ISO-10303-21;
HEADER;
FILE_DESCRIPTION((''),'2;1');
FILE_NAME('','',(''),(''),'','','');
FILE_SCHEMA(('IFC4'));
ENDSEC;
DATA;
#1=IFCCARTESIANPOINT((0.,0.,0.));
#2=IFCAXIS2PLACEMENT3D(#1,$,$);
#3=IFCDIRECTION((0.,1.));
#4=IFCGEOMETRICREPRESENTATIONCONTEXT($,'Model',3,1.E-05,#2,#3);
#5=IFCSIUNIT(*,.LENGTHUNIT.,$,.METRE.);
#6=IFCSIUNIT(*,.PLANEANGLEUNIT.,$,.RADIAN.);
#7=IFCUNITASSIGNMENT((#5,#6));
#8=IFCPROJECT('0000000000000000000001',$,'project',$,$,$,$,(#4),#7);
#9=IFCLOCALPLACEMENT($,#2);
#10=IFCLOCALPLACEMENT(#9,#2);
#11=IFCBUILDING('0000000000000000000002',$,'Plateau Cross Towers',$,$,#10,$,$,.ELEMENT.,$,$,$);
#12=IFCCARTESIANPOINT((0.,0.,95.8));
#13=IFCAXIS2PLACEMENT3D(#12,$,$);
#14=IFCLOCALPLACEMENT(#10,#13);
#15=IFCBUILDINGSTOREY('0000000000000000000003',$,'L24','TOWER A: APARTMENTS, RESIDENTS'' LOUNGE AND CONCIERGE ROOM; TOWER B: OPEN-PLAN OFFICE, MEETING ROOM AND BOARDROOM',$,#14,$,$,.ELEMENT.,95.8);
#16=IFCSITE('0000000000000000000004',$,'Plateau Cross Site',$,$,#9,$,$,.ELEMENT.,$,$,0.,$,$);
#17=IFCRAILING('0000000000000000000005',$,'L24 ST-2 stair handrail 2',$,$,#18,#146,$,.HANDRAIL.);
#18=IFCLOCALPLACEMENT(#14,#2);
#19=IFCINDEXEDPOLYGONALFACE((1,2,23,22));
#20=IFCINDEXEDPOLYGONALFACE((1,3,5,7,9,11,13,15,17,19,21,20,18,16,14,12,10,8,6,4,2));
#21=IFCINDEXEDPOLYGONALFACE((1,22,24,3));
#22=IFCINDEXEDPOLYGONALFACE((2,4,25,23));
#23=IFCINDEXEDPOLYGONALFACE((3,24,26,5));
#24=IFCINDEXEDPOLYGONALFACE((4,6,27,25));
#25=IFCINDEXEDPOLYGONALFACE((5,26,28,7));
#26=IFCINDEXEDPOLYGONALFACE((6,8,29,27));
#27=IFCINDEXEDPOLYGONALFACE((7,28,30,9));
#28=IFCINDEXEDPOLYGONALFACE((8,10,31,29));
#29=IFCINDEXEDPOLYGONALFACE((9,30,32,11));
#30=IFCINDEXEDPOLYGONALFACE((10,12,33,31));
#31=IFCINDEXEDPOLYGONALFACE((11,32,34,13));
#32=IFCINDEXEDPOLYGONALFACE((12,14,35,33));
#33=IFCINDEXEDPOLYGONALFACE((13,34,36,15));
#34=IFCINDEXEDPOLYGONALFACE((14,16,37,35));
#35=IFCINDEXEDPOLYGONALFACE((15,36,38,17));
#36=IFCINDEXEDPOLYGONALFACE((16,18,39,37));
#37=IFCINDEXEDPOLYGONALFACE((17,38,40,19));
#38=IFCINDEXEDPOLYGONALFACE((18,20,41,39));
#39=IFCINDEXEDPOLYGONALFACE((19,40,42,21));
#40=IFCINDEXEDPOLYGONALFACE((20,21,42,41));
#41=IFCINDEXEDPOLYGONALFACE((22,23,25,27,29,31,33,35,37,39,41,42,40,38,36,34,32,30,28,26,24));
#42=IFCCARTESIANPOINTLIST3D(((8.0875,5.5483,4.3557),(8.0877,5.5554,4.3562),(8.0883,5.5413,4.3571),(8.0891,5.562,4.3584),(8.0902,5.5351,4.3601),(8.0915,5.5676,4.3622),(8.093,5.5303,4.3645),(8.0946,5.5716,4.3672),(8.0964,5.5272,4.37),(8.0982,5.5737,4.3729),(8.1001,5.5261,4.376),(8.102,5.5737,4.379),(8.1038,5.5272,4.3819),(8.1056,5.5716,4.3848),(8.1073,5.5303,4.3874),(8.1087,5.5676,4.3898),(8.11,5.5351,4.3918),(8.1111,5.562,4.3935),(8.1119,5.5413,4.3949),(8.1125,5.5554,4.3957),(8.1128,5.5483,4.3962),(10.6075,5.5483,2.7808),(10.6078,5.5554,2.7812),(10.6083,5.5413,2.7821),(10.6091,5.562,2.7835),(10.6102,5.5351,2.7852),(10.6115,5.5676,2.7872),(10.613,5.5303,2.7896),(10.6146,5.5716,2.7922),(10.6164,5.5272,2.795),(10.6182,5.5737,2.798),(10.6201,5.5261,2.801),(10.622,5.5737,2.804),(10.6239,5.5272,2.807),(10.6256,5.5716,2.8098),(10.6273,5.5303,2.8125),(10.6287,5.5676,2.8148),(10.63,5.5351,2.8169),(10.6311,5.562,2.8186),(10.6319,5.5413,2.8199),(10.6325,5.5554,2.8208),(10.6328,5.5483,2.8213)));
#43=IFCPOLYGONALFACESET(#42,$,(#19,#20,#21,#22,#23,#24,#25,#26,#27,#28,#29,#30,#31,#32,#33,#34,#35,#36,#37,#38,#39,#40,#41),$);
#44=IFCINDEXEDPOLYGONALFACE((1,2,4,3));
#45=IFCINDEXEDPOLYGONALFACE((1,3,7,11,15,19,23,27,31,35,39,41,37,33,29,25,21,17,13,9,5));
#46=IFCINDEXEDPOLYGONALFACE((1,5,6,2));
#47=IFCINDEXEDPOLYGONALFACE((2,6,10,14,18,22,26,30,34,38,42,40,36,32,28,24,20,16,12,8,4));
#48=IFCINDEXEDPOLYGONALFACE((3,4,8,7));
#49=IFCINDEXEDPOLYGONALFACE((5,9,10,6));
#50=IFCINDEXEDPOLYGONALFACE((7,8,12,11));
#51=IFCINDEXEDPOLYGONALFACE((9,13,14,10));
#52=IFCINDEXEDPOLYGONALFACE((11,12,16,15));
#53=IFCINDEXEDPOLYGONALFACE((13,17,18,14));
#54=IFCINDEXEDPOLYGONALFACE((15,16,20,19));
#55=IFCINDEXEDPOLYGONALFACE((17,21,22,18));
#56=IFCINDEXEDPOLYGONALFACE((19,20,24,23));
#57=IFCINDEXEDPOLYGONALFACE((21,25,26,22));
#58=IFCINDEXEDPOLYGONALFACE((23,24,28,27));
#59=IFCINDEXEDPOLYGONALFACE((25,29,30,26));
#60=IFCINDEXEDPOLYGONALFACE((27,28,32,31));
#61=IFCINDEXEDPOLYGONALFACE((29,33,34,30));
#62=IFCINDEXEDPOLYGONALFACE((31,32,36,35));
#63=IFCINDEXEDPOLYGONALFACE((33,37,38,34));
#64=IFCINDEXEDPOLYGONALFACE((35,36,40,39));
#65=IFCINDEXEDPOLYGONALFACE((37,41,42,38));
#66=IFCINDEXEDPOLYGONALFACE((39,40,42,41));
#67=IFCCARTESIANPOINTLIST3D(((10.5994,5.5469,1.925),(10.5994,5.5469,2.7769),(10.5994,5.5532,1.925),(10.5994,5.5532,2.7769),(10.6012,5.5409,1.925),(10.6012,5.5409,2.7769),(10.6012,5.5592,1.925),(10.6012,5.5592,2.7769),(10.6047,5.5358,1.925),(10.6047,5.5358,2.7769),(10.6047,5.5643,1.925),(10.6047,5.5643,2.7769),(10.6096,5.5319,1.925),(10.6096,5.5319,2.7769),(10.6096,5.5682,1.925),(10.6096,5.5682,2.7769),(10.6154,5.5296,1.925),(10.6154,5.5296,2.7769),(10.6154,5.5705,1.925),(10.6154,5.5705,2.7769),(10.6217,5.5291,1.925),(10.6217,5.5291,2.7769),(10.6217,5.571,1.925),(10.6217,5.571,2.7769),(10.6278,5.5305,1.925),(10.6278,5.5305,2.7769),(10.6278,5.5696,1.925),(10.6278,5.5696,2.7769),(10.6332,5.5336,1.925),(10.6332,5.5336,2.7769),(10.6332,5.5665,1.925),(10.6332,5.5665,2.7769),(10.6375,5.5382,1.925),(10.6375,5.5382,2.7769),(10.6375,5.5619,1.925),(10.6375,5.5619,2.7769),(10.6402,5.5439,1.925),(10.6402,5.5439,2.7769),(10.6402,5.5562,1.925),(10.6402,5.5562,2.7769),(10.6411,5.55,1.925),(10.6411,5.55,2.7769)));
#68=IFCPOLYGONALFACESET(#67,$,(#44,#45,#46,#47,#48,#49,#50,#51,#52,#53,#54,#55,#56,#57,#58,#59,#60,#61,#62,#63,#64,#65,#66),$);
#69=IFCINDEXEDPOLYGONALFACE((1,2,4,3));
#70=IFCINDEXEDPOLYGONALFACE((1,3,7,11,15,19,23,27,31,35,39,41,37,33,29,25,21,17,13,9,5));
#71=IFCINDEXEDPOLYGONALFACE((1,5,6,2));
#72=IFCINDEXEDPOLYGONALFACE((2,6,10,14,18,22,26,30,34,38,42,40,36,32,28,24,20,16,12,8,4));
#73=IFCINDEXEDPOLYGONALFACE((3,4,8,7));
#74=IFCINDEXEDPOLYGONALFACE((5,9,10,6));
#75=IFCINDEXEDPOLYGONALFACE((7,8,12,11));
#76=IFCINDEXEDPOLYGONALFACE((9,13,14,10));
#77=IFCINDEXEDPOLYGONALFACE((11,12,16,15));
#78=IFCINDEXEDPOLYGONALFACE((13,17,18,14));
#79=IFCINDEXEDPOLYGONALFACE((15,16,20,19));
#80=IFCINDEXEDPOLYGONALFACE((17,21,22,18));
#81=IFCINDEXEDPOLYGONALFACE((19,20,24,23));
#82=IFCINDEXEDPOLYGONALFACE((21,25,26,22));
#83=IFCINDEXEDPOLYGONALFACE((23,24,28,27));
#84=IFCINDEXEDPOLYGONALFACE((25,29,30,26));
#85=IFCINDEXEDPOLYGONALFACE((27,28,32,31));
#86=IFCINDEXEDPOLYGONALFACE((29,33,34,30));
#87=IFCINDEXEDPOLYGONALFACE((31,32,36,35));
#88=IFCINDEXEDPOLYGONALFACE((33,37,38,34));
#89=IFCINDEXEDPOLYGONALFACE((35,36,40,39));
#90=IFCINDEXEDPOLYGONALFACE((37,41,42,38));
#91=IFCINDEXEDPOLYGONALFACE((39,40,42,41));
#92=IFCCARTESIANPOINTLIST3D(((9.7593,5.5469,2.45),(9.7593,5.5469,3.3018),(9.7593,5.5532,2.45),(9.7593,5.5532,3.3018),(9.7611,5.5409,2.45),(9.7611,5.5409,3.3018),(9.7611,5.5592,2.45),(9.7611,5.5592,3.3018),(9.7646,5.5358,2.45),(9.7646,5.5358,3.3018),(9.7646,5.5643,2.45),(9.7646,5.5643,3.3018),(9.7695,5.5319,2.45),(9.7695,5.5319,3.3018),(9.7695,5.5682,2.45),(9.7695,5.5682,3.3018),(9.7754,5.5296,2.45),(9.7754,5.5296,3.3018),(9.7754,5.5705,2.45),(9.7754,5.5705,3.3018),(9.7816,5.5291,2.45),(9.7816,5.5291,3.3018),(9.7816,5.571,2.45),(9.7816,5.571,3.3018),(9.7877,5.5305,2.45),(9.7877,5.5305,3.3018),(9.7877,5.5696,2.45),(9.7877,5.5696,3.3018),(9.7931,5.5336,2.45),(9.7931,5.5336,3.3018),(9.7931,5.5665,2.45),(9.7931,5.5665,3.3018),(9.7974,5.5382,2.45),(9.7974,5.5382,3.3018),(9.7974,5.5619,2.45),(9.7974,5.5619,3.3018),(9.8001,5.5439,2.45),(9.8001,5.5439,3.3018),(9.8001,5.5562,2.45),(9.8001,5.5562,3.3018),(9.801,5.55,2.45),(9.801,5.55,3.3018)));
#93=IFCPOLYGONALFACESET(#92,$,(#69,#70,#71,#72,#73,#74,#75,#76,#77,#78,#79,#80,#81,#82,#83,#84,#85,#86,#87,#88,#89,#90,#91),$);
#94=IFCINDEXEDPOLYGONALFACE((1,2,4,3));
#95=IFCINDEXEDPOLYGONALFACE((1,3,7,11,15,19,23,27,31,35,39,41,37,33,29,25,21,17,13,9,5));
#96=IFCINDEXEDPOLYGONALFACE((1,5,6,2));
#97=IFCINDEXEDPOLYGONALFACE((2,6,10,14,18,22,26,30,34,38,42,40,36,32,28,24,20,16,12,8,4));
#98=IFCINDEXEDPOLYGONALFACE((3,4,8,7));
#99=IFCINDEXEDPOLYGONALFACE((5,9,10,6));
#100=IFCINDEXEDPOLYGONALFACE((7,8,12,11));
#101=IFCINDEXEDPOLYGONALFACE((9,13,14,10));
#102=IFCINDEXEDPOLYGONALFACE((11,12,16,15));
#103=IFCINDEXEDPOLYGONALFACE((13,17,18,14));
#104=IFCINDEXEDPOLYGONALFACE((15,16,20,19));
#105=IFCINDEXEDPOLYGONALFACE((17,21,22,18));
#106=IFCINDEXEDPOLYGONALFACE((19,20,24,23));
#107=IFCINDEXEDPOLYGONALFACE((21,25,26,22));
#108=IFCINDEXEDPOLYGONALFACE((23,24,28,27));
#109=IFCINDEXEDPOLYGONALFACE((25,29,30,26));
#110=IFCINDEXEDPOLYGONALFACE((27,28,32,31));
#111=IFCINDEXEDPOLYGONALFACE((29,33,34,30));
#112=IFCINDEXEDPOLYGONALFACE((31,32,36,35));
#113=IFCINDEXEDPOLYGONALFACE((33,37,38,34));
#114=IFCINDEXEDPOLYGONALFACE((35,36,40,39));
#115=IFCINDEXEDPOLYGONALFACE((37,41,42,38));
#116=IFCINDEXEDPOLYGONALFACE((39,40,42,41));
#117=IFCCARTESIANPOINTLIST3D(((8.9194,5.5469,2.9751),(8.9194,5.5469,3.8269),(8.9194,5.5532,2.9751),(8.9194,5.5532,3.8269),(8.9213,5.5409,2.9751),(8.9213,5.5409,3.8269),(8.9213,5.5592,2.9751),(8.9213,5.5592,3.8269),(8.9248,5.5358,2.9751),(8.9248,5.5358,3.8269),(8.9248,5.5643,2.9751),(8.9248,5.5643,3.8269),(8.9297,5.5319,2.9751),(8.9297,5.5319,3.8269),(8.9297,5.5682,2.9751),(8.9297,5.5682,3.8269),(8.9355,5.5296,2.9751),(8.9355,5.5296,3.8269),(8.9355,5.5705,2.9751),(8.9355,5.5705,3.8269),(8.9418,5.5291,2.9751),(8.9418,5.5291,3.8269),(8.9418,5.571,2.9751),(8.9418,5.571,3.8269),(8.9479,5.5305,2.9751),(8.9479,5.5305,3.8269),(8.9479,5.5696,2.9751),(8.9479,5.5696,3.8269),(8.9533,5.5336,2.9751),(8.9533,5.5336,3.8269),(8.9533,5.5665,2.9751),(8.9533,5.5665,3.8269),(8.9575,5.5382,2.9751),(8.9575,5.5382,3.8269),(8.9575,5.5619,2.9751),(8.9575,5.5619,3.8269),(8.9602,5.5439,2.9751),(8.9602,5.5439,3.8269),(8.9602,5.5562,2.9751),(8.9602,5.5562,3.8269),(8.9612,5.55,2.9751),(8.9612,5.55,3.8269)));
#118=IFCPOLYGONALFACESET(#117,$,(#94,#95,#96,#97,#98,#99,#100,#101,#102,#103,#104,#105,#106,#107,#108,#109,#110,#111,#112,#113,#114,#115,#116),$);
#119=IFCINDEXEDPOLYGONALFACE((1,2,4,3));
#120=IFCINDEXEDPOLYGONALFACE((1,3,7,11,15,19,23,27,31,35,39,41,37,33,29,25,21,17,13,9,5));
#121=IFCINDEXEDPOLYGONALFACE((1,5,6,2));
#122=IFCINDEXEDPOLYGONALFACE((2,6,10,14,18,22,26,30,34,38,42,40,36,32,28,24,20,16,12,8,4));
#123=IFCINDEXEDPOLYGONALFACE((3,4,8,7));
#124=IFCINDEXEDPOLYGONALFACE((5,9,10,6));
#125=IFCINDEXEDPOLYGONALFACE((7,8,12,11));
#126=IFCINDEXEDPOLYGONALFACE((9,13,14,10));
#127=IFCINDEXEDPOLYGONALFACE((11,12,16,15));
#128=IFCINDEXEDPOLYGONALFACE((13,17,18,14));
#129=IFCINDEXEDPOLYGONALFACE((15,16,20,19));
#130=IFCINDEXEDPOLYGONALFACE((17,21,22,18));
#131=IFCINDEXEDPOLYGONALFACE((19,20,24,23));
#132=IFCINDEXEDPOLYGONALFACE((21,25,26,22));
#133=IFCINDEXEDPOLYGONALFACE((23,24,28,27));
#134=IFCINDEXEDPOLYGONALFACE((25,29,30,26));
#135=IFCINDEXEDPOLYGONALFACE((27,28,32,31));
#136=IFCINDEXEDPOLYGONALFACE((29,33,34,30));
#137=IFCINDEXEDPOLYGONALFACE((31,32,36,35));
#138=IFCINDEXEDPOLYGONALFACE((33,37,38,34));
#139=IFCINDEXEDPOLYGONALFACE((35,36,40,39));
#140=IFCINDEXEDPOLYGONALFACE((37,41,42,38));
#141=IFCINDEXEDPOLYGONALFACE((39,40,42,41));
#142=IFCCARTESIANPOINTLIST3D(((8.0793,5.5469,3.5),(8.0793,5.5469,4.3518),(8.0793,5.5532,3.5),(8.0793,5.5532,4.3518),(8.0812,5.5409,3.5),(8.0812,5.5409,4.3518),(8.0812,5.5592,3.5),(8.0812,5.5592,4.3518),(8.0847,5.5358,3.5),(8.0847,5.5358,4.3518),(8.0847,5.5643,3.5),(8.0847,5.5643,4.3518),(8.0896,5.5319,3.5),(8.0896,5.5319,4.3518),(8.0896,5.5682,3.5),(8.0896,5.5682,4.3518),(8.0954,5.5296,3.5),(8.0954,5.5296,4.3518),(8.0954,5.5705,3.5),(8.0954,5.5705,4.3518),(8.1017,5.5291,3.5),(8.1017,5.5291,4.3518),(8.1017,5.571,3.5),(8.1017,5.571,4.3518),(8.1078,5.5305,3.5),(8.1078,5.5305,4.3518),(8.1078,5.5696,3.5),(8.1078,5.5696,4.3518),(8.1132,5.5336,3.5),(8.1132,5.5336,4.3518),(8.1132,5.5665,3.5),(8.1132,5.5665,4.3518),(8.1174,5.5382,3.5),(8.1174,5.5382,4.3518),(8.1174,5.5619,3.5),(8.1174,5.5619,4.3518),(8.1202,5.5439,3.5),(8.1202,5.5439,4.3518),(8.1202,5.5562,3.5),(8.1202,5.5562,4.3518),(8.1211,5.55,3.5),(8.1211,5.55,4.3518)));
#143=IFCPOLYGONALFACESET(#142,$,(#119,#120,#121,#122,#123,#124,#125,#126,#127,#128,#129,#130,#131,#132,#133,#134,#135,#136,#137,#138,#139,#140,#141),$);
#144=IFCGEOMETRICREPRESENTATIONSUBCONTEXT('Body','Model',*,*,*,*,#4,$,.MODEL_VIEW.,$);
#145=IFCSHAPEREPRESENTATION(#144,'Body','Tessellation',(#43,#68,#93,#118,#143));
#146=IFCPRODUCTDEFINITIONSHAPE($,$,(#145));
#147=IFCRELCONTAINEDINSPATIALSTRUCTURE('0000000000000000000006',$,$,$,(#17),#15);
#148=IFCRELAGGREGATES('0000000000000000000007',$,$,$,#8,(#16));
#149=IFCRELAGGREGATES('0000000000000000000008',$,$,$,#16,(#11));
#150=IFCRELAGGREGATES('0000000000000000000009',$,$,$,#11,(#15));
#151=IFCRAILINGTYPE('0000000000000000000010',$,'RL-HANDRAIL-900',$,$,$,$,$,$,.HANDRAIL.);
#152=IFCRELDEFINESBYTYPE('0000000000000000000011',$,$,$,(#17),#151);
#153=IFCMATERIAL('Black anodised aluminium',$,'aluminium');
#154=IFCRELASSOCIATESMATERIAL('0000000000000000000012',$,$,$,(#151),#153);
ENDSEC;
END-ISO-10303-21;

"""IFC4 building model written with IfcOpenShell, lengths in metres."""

from ifc_helpers import new_model, si_unit, direction, frame, origin, origin_2d, place, context, subcontext, project, spatial, circle, extrude, material, type_object, element, save


model = new_model("IFC4")

# Units and contexts
model_context = context("Model", 3, precision=1e-05, world=origin(), true_north=direction((0.0, 1.0)))
body_context = subcontext(model_context, "Body", "Model", "MODEL_VIEW")
ifc_project = project(units=[si_unit("LENGTHUNIT", "METRE"), si_unit("PLANEANGLEUNIT", "RADIAN")], contexts=[model_context])

# Site, building, storey
site_placement = place(None, origin())
site = spatial("IfcSite", under=ifc_project, at=site_placement, Name="Plateau Cross Site", CompositionType="ELEMENT", RefElevation=0.0)
building_placement = place(site_placement, origin())
building = spatial("IfcBuilding", under=site, at=building_placement, Name="Plateau Cross Towers", CompositionType="ELEMENT")
storey_placement = place(building_placement, frame((0.0, 0.0, 95.8)))
storey = spatial("IfcBuildingStorey", under=building, at=storey_placement, Name="L24", Description="TOWER A: APARTMENTS, RESIDENTS' LOUNGE AND CONCIERGE ROOM; TOWER B: OPEN-PLAN OFFICE, MEETING ROOM AND BOARDROOM", CompositionType="ELEMENT", Elevation=95.8)

# Railing
ifc_material_1 = material(Name="Black anodised aluminium", Category="aluminium")
railing_type_1 = type_object("IfcRailingType", Name="RL-HANDRAIL-900", PredefinedType="HANDRAIL", material=ifc_material_1)
railing_1_placement = place(storey_placement, frame((10.6201, 5.55, 1.925)))
element("IfcRailing", 1, at=railing_1_placement, inside=storey, type_object=railing_type_1, Name="L24 ST-2 stair handrail 2", PredefinedType="HANDRAIL", context=body_context, shape_type="SweptSolid", body=[
    extrude(circle(Radius=0.0239, at=origin_2d()), frame((0.0, 0.0, 0.876), z_axis=(-0.848008, 0.0, 0.529984), x_axis=(0.0, -1.0, 0.0)), (0.0, 0.0, 1.0), 2.9717),
    extrude(circle(Radius=0.021, at=origin_2d()), origin(), (0.0, 0.0, 1.0), 0.8518),
    extrude(circle(Radius=0.021, at=origin_2d()), frame((-0.8401, 0.0, 0.5249)), (0.0, 0.0, 1.0), 0.8518),
    extrude(circle(Radius=0.021, at=origin_2d()), frame((-1.6799, 0.0, 1.05)), (0.0, 0.0, 1.0), 0.8518),
    extrude(circle(Radius=0.021, at=origin_2d()), frame((-2.52, 0.0, 1.575)), (0.0, 0.0, 1.0), 0.8518),
])

save(model, "model.ifc")
